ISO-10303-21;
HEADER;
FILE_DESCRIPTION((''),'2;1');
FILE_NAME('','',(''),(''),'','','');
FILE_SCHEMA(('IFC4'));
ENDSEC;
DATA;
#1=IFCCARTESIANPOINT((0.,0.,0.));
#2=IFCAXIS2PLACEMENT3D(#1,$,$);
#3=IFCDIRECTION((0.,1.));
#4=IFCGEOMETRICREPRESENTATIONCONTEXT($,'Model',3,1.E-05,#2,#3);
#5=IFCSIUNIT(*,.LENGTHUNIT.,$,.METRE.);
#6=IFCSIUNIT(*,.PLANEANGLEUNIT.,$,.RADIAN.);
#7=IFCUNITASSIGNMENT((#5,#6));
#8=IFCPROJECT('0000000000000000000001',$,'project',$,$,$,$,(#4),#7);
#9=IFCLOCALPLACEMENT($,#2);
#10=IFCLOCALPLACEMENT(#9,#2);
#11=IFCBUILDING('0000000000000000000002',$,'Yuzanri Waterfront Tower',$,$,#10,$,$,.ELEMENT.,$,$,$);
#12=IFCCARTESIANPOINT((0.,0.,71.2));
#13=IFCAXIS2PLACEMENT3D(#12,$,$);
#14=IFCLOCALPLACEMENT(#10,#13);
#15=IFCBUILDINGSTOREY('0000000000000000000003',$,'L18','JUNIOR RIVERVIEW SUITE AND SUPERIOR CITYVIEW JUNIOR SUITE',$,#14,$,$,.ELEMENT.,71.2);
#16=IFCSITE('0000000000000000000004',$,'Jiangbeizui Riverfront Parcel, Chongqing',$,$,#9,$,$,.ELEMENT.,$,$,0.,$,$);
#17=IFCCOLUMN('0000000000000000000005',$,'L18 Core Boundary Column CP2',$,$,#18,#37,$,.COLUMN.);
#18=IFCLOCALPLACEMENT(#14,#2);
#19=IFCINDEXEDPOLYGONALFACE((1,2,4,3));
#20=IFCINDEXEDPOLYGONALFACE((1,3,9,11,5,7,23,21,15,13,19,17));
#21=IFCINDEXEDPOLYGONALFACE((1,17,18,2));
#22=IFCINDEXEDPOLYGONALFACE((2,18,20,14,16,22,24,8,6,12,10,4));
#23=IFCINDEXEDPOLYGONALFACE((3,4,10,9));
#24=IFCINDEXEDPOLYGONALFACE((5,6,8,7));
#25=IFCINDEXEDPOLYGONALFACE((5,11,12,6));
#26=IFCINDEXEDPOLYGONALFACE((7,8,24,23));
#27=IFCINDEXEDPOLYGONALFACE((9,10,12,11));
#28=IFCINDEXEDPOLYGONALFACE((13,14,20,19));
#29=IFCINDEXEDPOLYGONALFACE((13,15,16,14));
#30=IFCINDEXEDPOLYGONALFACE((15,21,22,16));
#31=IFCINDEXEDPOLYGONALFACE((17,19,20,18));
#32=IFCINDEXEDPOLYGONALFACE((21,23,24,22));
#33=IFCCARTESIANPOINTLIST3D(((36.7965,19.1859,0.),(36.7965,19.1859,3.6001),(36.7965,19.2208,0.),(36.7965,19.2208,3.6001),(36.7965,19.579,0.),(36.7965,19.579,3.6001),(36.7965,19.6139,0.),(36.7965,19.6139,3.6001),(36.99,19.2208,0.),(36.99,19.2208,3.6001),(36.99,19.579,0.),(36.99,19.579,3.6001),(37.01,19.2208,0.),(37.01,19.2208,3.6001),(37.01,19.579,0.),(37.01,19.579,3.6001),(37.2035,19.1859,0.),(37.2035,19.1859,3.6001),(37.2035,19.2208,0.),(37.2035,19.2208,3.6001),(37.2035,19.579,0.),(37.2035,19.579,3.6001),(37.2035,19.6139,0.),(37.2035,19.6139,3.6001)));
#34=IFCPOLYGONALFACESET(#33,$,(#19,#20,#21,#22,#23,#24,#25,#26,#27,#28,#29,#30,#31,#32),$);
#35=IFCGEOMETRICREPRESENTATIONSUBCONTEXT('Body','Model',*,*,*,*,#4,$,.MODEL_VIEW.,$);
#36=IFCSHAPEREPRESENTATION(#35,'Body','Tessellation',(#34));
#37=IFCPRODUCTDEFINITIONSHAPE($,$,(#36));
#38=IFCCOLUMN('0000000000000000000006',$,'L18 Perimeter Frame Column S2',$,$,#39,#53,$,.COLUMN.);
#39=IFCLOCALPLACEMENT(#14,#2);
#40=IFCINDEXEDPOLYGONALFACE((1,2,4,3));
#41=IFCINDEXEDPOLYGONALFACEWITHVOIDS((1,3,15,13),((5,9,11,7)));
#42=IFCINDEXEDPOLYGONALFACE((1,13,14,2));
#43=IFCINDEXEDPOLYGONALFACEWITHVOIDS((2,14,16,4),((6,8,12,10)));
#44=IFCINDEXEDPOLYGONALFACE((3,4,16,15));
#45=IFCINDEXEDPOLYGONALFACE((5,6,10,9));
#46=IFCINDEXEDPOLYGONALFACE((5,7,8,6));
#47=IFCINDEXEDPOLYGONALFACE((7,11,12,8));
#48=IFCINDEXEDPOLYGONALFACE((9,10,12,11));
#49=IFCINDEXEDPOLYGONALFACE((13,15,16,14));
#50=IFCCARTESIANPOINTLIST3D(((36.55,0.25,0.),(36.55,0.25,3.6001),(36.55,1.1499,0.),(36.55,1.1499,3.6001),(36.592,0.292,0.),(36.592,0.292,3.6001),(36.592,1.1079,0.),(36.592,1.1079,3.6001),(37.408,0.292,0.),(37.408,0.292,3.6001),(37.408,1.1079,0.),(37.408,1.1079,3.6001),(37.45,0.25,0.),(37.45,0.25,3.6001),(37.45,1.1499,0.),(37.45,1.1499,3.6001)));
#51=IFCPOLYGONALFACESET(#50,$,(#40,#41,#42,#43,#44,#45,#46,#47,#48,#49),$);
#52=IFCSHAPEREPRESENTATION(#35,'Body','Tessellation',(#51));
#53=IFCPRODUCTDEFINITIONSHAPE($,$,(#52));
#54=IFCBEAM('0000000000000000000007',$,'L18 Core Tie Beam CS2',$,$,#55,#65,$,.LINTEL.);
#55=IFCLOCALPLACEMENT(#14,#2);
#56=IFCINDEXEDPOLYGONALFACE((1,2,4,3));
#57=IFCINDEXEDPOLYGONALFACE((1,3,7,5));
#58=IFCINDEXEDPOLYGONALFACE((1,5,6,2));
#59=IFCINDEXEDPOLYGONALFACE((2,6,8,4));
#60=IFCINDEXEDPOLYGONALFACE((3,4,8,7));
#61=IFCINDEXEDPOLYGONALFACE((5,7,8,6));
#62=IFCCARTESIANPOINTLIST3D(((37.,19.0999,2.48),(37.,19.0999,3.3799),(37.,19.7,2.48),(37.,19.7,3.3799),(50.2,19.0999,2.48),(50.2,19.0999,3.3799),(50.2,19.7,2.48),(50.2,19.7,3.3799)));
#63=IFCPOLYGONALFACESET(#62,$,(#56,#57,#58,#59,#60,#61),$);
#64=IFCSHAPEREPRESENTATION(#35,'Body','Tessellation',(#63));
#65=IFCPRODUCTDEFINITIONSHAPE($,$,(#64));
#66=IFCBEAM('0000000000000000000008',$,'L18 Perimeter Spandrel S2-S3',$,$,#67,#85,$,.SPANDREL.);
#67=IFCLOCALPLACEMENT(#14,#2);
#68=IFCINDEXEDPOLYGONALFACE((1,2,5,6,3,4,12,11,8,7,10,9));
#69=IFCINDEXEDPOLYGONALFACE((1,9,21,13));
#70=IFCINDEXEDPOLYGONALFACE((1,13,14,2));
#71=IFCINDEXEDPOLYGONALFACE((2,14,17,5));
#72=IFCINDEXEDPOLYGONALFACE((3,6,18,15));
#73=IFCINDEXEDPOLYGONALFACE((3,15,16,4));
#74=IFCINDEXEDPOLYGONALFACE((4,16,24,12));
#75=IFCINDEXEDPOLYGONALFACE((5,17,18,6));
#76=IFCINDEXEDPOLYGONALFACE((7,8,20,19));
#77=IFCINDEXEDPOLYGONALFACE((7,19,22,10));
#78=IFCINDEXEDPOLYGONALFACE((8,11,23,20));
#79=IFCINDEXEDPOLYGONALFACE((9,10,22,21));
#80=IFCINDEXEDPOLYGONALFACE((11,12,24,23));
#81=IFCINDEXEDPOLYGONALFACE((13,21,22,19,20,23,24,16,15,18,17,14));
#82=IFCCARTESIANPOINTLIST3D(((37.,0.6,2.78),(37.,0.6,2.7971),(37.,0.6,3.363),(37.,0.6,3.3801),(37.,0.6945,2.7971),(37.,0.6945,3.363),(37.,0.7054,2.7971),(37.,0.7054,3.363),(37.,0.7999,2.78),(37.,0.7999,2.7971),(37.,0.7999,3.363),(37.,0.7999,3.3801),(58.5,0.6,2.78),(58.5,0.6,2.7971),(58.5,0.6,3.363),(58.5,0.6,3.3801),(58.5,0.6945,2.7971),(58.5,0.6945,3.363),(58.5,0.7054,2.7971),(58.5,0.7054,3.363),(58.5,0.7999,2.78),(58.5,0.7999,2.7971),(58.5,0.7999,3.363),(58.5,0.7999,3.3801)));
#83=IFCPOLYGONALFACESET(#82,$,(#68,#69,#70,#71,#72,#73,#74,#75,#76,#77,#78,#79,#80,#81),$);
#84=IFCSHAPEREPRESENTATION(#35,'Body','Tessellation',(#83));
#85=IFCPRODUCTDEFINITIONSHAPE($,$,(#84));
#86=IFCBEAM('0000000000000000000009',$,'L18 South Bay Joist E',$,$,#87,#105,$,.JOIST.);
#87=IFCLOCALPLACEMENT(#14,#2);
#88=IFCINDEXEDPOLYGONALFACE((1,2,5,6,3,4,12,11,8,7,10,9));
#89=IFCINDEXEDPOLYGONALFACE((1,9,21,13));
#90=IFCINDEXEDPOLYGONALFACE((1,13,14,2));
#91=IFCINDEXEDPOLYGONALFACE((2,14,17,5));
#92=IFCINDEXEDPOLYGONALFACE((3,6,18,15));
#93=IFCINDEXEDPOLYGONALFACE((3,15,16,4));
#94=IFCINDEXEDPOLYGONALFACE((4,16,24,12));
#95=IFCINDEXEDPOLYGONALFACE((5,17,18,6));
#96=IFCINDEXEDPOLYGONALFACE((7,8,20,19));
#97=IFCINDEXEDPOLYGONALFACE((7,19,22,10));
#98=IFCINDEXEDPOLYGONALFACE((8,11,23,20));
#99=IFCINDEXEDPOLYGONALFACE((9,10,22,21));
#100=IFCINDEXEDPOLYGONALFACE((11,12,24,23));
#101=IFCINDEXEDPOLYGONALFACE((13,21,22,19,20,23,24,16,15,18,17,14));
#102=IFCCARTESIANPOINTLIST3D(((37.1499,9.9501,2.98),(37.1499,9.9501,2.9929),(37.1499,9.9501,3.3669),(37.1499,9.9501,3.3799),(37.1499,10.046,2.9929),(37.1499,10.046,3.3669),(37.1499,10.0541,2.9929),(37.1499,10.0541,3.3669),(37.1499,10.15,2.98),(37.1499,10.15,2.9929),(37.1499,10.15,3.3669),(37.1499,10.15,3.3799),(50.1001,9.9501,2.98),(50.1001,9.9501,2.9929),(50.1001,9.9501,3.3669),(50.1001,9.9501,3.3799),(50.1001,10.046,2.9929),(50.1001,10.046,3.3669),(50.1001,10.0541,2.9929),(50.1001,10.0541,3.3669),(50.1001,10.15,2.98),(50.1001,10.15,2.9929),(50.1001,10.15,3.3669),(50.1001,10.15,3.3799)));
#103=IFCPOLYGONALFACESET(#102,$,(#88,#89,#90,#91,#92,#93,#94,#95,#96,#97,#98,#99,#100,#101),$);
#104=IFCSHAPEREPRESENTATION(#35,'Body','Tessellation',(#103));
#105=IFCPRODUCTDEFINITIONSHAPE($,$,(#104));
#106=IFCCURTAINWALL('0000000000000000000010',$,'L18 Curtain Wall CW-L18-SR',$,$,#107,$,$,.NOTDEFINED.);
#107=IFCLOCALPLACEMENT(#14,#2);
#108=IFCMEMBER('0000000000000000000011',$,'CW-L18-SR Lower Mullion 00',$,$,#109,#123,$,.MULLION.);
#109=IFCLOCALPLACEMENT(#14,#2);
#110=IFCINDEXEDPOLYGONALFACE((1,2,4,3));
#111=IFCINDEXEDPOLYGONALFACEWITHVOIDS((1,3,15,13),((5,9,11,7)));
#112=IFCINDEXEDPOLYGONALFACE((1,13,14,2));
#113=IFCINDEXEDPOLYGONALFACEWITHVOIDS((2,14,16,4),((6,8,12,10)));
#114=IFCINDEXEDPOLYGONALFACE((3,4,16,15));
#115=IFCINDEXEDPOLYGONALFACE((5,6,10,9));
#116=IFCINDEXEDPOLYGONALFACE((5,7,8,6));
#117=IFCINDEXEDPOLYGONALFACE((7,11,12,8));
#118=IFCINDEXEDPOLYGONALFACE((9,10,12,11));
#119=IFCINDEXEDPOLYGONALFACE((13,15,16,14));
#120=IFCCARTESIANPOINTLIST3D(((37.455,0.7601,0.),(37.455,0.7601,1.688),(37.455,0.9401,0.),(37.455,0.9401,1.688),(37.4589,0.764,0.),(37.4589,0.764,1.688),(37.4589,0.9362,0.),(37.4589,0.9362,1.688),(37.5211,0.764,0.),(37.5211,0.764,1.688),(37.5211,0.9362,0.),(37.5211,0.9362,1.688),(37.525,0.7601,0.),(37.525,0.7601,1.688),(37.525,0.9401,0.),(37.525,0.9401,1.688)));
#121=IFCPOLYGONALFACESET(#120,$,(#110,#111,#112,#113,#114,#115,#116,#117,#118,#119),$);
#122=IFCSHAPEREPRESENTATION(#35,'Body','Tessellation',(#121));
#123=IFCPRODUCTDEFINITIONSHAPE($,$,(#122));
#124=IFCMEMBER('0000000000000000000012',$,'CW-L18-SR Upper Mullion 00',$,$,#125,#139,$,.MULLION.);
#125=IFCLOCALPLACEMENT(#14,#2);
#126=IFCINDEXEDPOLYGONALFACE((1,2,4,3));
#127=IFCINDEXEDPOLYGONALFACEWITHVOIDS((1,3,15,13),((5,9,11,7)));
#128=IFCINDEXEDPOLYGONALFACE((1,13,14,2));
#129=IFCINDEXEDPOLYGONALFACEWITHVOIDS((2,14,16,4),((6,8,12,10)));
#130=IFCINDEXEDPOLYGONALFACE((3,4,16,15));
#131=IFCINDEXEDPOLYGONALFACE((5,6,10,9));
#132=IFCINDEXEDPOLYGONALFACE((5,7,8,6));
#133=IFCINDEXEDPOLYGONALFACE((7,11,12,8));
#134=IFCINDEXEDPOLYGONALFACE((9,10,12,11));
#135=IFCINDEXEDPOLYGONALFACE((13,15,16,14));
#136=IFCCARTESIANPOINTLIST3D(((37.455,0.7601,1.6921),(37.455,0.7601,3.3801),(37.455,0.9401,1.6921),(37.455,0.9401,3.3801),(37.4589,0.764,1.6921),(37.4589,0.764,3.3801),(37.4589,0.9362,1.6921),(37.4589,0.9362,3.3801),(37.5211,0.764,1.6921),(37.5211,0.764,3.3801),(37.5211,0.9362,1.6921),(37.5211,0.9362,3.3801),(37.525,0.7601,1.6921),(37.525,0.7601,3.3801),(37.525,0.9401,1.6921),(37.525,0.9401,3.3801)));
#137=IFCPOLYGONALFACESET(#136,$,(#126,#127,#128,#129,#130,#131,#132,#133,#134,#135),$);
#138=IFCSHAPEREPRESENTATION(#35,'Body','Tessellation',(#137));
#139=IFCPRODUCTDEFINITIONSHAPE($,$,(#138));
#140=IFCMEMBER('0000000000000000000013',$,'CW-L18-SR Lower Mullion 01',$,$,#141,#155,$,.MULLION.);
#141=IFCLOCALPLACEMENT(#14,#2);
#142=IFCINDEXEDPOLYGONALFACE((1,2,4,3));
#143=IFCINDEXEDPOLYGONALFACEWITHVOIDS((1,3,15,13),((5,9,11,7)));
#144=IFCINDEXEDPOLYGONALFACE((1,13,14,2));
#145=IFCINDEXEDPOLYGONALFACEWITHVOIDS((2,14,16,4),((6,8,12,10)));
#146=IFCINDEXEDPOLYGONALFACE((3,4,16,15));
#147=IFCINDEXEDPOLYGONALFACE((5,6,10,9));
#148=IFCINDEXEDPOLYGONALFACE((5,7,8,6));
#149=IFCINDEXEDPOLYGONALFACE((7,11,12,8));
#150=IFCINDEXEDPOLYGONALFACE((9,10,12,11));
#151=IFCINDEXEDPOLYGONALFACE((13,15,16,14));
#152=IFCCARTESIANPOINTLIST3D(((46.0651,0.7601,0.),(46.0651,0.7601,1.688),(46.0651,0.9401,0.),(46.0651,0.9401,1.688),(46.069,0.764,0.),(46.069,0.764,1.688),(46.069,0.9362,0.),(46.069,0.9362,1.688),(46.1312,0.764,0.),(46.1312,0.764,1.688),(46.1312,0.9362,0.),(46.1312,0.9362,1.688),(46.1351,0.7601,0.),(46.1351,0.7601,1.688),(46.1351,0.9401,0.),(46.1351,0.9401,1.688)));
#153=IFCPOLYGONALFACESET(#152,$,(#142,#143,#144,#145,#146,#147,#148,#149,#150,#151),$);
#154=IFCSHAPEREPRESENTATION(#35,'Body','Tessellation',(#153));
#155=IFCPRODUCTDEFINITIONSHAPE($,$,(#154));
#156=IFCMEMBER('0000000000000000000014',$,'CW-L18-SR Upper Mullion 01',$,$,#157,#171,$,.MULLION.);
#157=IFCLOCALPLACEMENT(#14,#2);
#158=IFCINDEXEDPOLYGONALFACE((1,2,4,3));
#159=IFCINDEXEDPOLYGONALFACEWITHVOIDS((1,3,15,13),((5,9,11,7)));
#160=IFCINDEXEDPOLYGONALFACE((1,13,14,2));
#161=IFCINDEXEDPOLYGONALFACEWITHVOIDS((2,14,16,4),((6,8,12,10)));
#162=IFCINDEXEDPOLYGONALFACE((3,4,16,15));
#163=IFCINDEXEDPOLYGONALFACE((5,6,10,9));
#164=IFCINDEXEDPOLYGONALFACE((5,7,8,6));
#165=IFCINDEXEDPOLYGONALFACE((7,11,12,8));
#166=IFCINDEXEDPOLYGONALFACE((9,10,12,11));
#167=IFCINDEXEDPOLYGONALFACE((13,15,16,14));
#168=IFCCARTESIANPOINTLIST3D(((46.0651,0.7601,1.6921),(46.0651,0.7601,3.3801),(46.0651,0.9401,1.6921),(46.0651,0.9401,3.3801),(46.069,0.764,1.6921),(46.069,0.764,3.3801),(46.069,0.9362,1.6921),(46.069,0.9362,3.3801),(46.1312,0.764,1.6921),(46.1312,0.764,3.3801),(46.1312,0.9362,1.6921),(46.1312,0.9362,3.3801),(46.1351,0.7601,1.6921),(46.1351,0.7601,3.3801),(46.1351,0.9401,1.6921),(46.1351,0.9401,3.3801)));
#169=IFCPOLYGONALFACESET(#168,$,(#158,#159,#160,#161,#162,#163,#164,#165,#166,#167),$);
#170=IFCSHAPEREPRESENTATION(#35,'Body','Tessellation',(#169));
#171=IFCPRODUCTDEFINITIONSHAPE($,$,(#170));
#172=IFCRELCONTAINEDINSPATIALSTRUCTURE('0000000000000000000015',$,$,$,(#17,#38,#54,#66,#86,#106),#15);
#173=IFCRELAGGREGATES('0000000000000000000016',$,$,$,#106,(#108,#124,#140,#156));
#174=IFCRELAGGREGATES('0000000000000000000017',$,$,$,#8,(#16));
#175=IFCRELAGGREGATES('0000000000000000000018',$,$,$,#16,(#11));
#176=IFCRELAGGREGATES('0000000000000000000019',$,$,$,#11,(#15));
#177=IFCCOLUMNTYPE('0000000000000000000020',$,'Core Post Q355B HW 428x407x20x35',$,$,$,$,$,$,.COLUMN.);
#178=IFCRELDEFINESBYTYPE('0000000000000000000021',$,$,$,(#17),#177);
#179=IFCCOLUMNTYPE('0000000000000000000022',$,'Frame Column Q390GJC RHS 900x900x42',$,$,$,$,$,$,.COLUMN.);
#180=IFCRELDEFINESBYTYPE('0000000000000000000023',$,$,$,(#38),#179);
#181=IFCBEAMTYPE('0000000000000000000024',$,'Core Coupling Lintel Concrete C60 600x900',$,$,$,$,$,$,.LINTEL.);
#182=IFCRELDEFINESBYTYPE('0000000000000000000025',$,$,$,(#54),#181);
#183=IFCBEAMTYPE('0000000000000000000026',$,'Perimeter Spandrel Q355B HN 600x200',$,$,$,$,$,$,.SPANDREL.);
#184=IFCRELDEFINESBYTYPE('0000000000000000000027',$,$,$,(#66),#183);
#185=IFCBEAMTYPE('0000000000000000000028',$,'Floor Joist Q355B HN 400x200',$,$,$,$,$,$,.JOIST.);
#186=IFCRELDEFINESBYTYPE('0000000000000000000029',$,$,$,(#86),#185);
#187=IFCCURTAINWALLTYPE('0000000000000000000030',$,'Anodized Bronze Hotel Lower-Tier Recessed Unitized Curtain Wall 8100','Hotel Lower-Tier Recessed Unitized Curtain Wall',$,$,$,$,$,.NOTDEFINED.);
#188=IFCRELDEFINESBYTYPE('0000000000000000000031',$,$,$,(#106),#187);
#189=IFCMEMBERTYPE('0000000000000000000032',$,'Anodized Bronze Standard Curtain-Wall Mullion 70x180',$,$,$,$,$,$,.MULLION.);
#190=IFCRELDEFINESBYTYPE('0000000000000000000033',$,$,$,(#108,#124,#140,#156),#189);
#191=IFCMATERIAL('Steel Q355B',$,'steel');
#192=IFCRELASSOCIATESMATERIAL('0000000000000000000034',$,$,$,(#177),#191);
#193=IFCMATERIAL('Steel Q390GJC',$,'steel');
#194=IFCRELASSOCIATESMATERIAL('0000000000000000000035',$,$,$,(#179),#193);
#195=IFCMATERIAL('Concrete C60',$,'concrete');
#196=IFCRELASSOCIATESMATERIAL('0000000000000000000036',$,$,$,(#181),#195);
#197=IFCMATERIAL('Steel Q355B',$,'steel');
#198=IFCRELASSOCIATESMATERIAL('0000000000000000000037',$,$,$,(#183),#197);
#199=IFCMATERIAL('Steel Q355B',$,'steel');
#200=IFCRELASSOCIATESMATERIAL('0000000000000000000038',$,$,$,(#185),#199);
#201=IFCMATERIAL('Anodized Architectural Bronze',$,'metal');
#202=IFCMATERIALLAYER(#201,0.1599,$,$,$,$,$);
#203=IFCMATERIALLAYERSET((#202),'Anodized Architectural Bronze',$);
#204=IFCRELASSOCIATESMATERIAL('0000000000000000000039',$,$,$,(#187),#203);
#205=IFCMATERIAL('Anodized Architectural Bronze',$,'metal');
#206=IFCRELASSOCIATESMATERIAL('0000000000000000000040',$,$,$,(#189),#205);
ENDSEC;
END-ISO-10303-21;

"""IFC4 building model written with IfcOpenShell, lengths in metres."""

from ifc_helpers import new_model, si_unit, direction, frame, origin, origin_2d, place, context, subcontext, project, spatial, rectangle, hollow_rectangle, i_section, extrude, source, transform, mapped, material, layer, layer_set, material_profile, profile_set, type_object, element, aggregate, save


model = new_model("IFC4")

# Units and contexts
model_context = context("Model", 3, precision=1e-05, world=origin(), true_north=direction((0.0, 1.0)))
body_context = subcontext(model_context, "Body", "Model", "MODEL_VIEW")
ifc_project = project(units=[si_unit("LENGTHUNIT", "METRE"), si_unit("PLANEANGLEUNIT", "RADIAN")], contexts=[model_context])

# Site, building, storey
site_placement = place(None, origin())
site = spatial("IfcSite", under=ifc_project, at=site_placement, Name="Jiangbeizui Riverfront Parcel, Chongqing", CompositionType="ELEMENT", RefElevation=0.0)
building_placement = place(site_placement, origin())
building = spatial("IfcBuilding", under=site, at=building_placement, Name="Yuzanri Waterfront Tower", CompositionType="ELEMENT")
storey_placement = place(building_placement, frame((0.0, 0.0, 71.2)))
storey = spatial("IfcBuildingStorey", under=building, at=storey_placement, Name="L18", Description="JUNIOR RIVERVIEW SUITE AND SUPERIOR CITYVIEW JUNIOR SUITE", CompositionType="ELEMENT", Elevation=71.2)

# Columns
ifc_material_1 = material(Name="Steel Q355B", Category="steel")
ifc_material_profile_1 = material_profile(ifc_material_1, i_section(OverallWidth=0.407, OverallDepth=0.428, WebThickness=0.02, FlangeThickness=0.0349, at=origin_2d()), Name="HW 428x407x20x35")
ifc_profile_set_1 = profile_set([ifc_material_profile_1], Name="Steel Q355B")
column_type_1 = type_object("IfcColumnType", Name="Core Post Q355B HW 428x407x20x35", PredefinedType="COLUMN", material=ifc_profile_set_1)
shared_shape_1 = source(origin(), body_context, "Body", "SweptSolid", [
    extrude(i_section(OverallWidth=0.407, OverallDepth=0.428, WebThickness=0.02, FlangeThickness=0.0349, at=origin_2d()), origin(), (0.0, 0.0, 1.0), 3.6001),
])
column_1_placement = place(storey_placement, frame((37.0, 19.3999, 0.0), z_axis=(0.0, 0.0, 1.0), x_axis=(1.0, 0.0, 0.0)))
element("IfcColumn", 1, at=column_1_placement, inside=storey, type_object=column_type_1, Name="L18 Core Boundary Column CP2", PredefinedType="COLUMN", context=body_context, shape_type="MappedRepresentation", body=[
    mapped(shared_shape_1, transform((0.0, 0.0, 0.0), scale=1.0)),
])
ifc_material_2 = material(Name="Steel Q390GJC", Category="steel")
ifc_material_profile_2 = material_profile(ifc_material_2, hollow_rectangle(XDim=0.8999, YDim=0.8999, WallThickness=0.042, at=origin_2d()), Name="RHS 900x900x42")
ifc_profile_set_2 = profile_set([ifc_material_profile_2], Name="Steel Q390GJC")
column_type_2 = type_object("IfcColumnType", Name="Frame Column Q390GJC RHS 900x900x42", PredefinedType="COLUMN", material=ifc_profile_set_2)
shared_shape_2 = source(origin(), body_context, "Body", "SweptSolid", [
    extrude(hollow_rectangle(XDim=0.8999, YDim=0.8999, WallThickness=0.042, at=origin_2d()), origin(), (0.0, 0.0, 1.0), 3.6001),
])
column_2_placement = place(storey_placement, frame((37.0, 0.7, 0.0), z_axis=(0.0, 0.0, 1.0), x_axis=(1.0, 0.0, 0.0)))
element("IfcColumn", 2, at=column_2_placement, inside=storey, type_object=column_type_2, Name="L18 Perimeter Frame Column S2", PredefinedType="COLUMN", context=body_context, shape_type="MappedRepresentation", body=[
    mapped(shared_shape_2, transform((0.0, 0.0, 0.0), scale=1.0)),
])

# Beams
ifc_material_3 = material(Name="Concrete C60", Category="concrete")
ifc_material_profile_3 = material_profile(ifc_material_3, rectangle(XDim=0.6001, YDim=0.8999, at=origin_2d()), Name="RC 600x900")
ifc_profile_set_3 = profile_set([ifc_material_profile_3], Name="Concrete C60")
beam_type_1 = type_object("IfcBeamType", Name="Core Coupling Lintel Concrete C60 600x900", PredefinedType="LINTEL", material=ifc_profile_set_3)
shared_shape_3 = source(origin(), body_context, "Body", "SweptSolid", [
    extrude(rectangle(XDim=0.6001, YDim=0.8999, at=origin_2d()), origin(), (0.0, 0.0, 1.0), 13.2),
])
beam_1_placement = place(storey_placement, frame((37.0, 19.3999, 2.9299), z_axis=(1.0, 0.0, 0.0), x_axis=(0.0, 1.0, 0.0)))
element("IfcBeam", 3, at=beam_1_placement, inside=storey, type_object=beam_type_1, Name="L18 Core Tie Beam CS2", PredefinedType="LINTEL", context=body_context, shape_type="MappedRepresentation", body=[
    mapped(shared_shape_3, transform((0.0, 0.0, 0.0), scale=1.0)),
])
ifc_material_4 = material(Name="Steel Q355B", Category="steel")
ifc_material_profile_4 = material_profile(ifc_material_4, i_section(OverallWidth=0.2, OverallDepth=0.6001, WebThickness=0.011, FlangeThickness=0.0171, at=origin_2d()), Name="HN 600x200x11x17")
ifc_profile_set_4 = profile_set([ifc_material_profile_4], Name="Steel Q355B")
beam_type_2 = type_object("IfcBeamType", Name="Perimeter Spandrel Q355B HN 600x200", PredefinedType="SPANDREL", material=ifc_profile_set_4)
shared_shape_4 = source(origin(), body_context, "Body", "SweptSolid", [
    extrude(i_section(OverallWidth=0.2, OverallDepth=0.6001, WebThickness=0.011, FlangeThickness=0.0171, at=origin_2d()), origin(), (0.0, 0.0, 1.0), 21.5),
])
beam_2_placement = place(storey_placement, frame((37.0, 0.7, 3.0801), z_axis=(1.0, 0.0, 0.0), x_axis=(0.0, 1.0, 0.0)))
element("IfcBeam", 4, at=beam_2_placement, inside=storey, type_object=beam_type_2, Name="L18 Perimeter Spandrel S2-S3", PredefinedType="SPANDREL", context=body_context, shape_type="MappedRepresentation", body=[
    mapped(shared_shape_4, transform((0.0, 0.0, 0.0), scale=1.0)),
])
ifc_material_5 = material(Name="Steel Q355B", Category="steel")
ifc_material_profile_5 = material_profile(ifc_material_5, i_section(OverallWidth=0.2, OverallDepth=0.3999, WebThickness=0.0081, FlangeThickness=0.0129, at=origin_2d()), Name="HN 400x200x8x13")
ifc_profile_set_5 = profile_set([ifc_material_profile_5], Name="Steel Q355B")
beam_type_3 = type_object("IfcBeamType", Name="Floor Joist Q355B HN 400x200", PredefinedType="JOIST", material=ifc_profile_set_5)
shared_shape_5 = source(origin(), body_context, "Body", "SweptSolid", [
    extrude(i_section(OverallWidth=0.2, OverallDepth=0.3999, WebThickness=0.0081, FlangeThickness=0.0129, at=origin_2d()), origin(), (0.0, 0.0, 1.0), 12.9502),
])
beam_3_placement = place(storey_placement, frame((37.1499, 10.05, 3.1799), z_axis=(1.0, 0.0, 0.0), x_axis=(0.0, 1.0, 0.0)))
element("IfcBeam", 5, at=beam_3_placement, inside=storey, type_object=beam_type_3, Name="L18 South Bay Joist E", PredefinedType="JOIST", context=body_context, shape_type="MappedRepresentation", body=[
    mapped(shared_shape_5, transform((0.0, 0.0, 0.0), scale=1.0)),
])

# Curtain wall, members
ifc_material_6 = material(Name="Anodized Architectural Bronze", Category="metal")
ifc_layer_1 = layer(ifc_material_6, 0.1599)
ifc_layer_set_1 = layer_set([ifc_layer_1], Name="Anodized Architectural Bronze")
curtain_wall_type = type_object("IfcCurtainWallType", Name="Anodized Bronze Hotel Lower-Tier Recessed Unitized Curtain Wall 8100", Description="Hotel Lower-Tier Recessed Unitized Curtain Wall", PredefinedType="NOTDEFINED", material=ifc_layer_set_1)
curtain_wall_placement = place(storey_placement, origin())
curtain_wall = element("IfcCurtainWall", 6, at=curtain_wall_placement, inside=storey, type_object=curtain_wall_type, Name="L18 Curtain Wall CW-L18-SR", PredefinedType="NOTDEFINED")
ifc_material_7 = material(Name="Anodized Architectural Bronze", Category="metal")
ifc_material_profile_6 = material_profile(ifc_material_7, hollow_rectangle(XDim=0.0701, YDim=0.1799, WallThickness=0.0039, at=origin_2d()), Name="CWM 70x180")
ifc_profile_set_6 = profile_set([ifc_material_profile_6], Name="Anodized Architectural Bronze")
member_type_1 = type_object("IfcMemberType", Name="Anodized Bronze Standard Curtain-Wall Mullion 70x180", PredefinedType="MULLION", material=ifc_profile_set_6)
shared_shape_6 = source(origin(), body_context, "Body", "SweptSolid", [
    extrude(hollow_rectangle(XDim=0.0701, YDim=0.1799, WallThickness=0.0039, at=origin_2d()), origin(), (0.0, 0.0, 1.0), 1.688),
])
member_1_placement = place(storey_placement, frame((37.49, 0.8501, 0.0), z_axis=(0.0, 0.0, 1.0), x_axis=(1.0, 0.0, 0.0)))
member_1 = element("IfcMember", 7, at=member_1_placement, type_object=member_type_1, Name="CW-L18-SR Lower Mullion 00", PredefinedType="MULLION", context=body_context, shape_type="MappedRepresentation", body=[
    mapped(shared_shape_6, transform((0.0, 0.0, 0.0), scale=1.0)),
])
member_2_placement = place(storey_placement, frame((37.49, 0.8501, 1.6921), z_axis=(0.0, 0.0, 1.0), x_axis=(1.0, 0.0, 0.0)))
member_2 = element("IfcMember", 8, at=member_2_placement, type_object=member_type_1, Name="CW-L18-SR Upper Mullion 00", PredefinedType="MULLION", context=body_context, shape_type="MappedRepresentation", body=[
    mapped(shared_shape_6, transform((0.0, 0.0, 0.0), scale=1.0)),
])
member_3_placement = place(storey_placement, frame((46.1001, 0.8501, 0.0), z_axis=(0.0, 0.0, 1.0), x_axis=(1.0, 0.0, 0.0)))
member_3 = element("IfcMember", 9, at=member_3_placement, type_object=member_type_1, Name="CW-L18-SR Lower Mullion 01", PredefinedType="MULLION", context=body_context, shape_type="MappedRepresentation", body=[
    mapped(shared_shape_6, transform((0.0, 0.0, 0.0), scale=1.0)),
])
member_4_placement = place(storey_placement, frame((46.1001, 0.8501, 1.6921), z_axis=(0.0, 0.0, 1.0), x_axis=(1.0, 0.0, 0.0)))
member_4 = element("IfcMember", 10, at=member_4_placement, type_object=member_type_1, Name="CW-L18-SR Upper Mullion 01", PredefinedType="MULLION", context=body_context, shape_type="MappedRepresentation", body=[
    mapped(shared_shape_6, transform((0.0, 0.0, 0.0), scale=1.0)),
])
aggregate(curtain_wall, [member_1, member_2, member_3, member_4])

save(model, "model.ifc")
